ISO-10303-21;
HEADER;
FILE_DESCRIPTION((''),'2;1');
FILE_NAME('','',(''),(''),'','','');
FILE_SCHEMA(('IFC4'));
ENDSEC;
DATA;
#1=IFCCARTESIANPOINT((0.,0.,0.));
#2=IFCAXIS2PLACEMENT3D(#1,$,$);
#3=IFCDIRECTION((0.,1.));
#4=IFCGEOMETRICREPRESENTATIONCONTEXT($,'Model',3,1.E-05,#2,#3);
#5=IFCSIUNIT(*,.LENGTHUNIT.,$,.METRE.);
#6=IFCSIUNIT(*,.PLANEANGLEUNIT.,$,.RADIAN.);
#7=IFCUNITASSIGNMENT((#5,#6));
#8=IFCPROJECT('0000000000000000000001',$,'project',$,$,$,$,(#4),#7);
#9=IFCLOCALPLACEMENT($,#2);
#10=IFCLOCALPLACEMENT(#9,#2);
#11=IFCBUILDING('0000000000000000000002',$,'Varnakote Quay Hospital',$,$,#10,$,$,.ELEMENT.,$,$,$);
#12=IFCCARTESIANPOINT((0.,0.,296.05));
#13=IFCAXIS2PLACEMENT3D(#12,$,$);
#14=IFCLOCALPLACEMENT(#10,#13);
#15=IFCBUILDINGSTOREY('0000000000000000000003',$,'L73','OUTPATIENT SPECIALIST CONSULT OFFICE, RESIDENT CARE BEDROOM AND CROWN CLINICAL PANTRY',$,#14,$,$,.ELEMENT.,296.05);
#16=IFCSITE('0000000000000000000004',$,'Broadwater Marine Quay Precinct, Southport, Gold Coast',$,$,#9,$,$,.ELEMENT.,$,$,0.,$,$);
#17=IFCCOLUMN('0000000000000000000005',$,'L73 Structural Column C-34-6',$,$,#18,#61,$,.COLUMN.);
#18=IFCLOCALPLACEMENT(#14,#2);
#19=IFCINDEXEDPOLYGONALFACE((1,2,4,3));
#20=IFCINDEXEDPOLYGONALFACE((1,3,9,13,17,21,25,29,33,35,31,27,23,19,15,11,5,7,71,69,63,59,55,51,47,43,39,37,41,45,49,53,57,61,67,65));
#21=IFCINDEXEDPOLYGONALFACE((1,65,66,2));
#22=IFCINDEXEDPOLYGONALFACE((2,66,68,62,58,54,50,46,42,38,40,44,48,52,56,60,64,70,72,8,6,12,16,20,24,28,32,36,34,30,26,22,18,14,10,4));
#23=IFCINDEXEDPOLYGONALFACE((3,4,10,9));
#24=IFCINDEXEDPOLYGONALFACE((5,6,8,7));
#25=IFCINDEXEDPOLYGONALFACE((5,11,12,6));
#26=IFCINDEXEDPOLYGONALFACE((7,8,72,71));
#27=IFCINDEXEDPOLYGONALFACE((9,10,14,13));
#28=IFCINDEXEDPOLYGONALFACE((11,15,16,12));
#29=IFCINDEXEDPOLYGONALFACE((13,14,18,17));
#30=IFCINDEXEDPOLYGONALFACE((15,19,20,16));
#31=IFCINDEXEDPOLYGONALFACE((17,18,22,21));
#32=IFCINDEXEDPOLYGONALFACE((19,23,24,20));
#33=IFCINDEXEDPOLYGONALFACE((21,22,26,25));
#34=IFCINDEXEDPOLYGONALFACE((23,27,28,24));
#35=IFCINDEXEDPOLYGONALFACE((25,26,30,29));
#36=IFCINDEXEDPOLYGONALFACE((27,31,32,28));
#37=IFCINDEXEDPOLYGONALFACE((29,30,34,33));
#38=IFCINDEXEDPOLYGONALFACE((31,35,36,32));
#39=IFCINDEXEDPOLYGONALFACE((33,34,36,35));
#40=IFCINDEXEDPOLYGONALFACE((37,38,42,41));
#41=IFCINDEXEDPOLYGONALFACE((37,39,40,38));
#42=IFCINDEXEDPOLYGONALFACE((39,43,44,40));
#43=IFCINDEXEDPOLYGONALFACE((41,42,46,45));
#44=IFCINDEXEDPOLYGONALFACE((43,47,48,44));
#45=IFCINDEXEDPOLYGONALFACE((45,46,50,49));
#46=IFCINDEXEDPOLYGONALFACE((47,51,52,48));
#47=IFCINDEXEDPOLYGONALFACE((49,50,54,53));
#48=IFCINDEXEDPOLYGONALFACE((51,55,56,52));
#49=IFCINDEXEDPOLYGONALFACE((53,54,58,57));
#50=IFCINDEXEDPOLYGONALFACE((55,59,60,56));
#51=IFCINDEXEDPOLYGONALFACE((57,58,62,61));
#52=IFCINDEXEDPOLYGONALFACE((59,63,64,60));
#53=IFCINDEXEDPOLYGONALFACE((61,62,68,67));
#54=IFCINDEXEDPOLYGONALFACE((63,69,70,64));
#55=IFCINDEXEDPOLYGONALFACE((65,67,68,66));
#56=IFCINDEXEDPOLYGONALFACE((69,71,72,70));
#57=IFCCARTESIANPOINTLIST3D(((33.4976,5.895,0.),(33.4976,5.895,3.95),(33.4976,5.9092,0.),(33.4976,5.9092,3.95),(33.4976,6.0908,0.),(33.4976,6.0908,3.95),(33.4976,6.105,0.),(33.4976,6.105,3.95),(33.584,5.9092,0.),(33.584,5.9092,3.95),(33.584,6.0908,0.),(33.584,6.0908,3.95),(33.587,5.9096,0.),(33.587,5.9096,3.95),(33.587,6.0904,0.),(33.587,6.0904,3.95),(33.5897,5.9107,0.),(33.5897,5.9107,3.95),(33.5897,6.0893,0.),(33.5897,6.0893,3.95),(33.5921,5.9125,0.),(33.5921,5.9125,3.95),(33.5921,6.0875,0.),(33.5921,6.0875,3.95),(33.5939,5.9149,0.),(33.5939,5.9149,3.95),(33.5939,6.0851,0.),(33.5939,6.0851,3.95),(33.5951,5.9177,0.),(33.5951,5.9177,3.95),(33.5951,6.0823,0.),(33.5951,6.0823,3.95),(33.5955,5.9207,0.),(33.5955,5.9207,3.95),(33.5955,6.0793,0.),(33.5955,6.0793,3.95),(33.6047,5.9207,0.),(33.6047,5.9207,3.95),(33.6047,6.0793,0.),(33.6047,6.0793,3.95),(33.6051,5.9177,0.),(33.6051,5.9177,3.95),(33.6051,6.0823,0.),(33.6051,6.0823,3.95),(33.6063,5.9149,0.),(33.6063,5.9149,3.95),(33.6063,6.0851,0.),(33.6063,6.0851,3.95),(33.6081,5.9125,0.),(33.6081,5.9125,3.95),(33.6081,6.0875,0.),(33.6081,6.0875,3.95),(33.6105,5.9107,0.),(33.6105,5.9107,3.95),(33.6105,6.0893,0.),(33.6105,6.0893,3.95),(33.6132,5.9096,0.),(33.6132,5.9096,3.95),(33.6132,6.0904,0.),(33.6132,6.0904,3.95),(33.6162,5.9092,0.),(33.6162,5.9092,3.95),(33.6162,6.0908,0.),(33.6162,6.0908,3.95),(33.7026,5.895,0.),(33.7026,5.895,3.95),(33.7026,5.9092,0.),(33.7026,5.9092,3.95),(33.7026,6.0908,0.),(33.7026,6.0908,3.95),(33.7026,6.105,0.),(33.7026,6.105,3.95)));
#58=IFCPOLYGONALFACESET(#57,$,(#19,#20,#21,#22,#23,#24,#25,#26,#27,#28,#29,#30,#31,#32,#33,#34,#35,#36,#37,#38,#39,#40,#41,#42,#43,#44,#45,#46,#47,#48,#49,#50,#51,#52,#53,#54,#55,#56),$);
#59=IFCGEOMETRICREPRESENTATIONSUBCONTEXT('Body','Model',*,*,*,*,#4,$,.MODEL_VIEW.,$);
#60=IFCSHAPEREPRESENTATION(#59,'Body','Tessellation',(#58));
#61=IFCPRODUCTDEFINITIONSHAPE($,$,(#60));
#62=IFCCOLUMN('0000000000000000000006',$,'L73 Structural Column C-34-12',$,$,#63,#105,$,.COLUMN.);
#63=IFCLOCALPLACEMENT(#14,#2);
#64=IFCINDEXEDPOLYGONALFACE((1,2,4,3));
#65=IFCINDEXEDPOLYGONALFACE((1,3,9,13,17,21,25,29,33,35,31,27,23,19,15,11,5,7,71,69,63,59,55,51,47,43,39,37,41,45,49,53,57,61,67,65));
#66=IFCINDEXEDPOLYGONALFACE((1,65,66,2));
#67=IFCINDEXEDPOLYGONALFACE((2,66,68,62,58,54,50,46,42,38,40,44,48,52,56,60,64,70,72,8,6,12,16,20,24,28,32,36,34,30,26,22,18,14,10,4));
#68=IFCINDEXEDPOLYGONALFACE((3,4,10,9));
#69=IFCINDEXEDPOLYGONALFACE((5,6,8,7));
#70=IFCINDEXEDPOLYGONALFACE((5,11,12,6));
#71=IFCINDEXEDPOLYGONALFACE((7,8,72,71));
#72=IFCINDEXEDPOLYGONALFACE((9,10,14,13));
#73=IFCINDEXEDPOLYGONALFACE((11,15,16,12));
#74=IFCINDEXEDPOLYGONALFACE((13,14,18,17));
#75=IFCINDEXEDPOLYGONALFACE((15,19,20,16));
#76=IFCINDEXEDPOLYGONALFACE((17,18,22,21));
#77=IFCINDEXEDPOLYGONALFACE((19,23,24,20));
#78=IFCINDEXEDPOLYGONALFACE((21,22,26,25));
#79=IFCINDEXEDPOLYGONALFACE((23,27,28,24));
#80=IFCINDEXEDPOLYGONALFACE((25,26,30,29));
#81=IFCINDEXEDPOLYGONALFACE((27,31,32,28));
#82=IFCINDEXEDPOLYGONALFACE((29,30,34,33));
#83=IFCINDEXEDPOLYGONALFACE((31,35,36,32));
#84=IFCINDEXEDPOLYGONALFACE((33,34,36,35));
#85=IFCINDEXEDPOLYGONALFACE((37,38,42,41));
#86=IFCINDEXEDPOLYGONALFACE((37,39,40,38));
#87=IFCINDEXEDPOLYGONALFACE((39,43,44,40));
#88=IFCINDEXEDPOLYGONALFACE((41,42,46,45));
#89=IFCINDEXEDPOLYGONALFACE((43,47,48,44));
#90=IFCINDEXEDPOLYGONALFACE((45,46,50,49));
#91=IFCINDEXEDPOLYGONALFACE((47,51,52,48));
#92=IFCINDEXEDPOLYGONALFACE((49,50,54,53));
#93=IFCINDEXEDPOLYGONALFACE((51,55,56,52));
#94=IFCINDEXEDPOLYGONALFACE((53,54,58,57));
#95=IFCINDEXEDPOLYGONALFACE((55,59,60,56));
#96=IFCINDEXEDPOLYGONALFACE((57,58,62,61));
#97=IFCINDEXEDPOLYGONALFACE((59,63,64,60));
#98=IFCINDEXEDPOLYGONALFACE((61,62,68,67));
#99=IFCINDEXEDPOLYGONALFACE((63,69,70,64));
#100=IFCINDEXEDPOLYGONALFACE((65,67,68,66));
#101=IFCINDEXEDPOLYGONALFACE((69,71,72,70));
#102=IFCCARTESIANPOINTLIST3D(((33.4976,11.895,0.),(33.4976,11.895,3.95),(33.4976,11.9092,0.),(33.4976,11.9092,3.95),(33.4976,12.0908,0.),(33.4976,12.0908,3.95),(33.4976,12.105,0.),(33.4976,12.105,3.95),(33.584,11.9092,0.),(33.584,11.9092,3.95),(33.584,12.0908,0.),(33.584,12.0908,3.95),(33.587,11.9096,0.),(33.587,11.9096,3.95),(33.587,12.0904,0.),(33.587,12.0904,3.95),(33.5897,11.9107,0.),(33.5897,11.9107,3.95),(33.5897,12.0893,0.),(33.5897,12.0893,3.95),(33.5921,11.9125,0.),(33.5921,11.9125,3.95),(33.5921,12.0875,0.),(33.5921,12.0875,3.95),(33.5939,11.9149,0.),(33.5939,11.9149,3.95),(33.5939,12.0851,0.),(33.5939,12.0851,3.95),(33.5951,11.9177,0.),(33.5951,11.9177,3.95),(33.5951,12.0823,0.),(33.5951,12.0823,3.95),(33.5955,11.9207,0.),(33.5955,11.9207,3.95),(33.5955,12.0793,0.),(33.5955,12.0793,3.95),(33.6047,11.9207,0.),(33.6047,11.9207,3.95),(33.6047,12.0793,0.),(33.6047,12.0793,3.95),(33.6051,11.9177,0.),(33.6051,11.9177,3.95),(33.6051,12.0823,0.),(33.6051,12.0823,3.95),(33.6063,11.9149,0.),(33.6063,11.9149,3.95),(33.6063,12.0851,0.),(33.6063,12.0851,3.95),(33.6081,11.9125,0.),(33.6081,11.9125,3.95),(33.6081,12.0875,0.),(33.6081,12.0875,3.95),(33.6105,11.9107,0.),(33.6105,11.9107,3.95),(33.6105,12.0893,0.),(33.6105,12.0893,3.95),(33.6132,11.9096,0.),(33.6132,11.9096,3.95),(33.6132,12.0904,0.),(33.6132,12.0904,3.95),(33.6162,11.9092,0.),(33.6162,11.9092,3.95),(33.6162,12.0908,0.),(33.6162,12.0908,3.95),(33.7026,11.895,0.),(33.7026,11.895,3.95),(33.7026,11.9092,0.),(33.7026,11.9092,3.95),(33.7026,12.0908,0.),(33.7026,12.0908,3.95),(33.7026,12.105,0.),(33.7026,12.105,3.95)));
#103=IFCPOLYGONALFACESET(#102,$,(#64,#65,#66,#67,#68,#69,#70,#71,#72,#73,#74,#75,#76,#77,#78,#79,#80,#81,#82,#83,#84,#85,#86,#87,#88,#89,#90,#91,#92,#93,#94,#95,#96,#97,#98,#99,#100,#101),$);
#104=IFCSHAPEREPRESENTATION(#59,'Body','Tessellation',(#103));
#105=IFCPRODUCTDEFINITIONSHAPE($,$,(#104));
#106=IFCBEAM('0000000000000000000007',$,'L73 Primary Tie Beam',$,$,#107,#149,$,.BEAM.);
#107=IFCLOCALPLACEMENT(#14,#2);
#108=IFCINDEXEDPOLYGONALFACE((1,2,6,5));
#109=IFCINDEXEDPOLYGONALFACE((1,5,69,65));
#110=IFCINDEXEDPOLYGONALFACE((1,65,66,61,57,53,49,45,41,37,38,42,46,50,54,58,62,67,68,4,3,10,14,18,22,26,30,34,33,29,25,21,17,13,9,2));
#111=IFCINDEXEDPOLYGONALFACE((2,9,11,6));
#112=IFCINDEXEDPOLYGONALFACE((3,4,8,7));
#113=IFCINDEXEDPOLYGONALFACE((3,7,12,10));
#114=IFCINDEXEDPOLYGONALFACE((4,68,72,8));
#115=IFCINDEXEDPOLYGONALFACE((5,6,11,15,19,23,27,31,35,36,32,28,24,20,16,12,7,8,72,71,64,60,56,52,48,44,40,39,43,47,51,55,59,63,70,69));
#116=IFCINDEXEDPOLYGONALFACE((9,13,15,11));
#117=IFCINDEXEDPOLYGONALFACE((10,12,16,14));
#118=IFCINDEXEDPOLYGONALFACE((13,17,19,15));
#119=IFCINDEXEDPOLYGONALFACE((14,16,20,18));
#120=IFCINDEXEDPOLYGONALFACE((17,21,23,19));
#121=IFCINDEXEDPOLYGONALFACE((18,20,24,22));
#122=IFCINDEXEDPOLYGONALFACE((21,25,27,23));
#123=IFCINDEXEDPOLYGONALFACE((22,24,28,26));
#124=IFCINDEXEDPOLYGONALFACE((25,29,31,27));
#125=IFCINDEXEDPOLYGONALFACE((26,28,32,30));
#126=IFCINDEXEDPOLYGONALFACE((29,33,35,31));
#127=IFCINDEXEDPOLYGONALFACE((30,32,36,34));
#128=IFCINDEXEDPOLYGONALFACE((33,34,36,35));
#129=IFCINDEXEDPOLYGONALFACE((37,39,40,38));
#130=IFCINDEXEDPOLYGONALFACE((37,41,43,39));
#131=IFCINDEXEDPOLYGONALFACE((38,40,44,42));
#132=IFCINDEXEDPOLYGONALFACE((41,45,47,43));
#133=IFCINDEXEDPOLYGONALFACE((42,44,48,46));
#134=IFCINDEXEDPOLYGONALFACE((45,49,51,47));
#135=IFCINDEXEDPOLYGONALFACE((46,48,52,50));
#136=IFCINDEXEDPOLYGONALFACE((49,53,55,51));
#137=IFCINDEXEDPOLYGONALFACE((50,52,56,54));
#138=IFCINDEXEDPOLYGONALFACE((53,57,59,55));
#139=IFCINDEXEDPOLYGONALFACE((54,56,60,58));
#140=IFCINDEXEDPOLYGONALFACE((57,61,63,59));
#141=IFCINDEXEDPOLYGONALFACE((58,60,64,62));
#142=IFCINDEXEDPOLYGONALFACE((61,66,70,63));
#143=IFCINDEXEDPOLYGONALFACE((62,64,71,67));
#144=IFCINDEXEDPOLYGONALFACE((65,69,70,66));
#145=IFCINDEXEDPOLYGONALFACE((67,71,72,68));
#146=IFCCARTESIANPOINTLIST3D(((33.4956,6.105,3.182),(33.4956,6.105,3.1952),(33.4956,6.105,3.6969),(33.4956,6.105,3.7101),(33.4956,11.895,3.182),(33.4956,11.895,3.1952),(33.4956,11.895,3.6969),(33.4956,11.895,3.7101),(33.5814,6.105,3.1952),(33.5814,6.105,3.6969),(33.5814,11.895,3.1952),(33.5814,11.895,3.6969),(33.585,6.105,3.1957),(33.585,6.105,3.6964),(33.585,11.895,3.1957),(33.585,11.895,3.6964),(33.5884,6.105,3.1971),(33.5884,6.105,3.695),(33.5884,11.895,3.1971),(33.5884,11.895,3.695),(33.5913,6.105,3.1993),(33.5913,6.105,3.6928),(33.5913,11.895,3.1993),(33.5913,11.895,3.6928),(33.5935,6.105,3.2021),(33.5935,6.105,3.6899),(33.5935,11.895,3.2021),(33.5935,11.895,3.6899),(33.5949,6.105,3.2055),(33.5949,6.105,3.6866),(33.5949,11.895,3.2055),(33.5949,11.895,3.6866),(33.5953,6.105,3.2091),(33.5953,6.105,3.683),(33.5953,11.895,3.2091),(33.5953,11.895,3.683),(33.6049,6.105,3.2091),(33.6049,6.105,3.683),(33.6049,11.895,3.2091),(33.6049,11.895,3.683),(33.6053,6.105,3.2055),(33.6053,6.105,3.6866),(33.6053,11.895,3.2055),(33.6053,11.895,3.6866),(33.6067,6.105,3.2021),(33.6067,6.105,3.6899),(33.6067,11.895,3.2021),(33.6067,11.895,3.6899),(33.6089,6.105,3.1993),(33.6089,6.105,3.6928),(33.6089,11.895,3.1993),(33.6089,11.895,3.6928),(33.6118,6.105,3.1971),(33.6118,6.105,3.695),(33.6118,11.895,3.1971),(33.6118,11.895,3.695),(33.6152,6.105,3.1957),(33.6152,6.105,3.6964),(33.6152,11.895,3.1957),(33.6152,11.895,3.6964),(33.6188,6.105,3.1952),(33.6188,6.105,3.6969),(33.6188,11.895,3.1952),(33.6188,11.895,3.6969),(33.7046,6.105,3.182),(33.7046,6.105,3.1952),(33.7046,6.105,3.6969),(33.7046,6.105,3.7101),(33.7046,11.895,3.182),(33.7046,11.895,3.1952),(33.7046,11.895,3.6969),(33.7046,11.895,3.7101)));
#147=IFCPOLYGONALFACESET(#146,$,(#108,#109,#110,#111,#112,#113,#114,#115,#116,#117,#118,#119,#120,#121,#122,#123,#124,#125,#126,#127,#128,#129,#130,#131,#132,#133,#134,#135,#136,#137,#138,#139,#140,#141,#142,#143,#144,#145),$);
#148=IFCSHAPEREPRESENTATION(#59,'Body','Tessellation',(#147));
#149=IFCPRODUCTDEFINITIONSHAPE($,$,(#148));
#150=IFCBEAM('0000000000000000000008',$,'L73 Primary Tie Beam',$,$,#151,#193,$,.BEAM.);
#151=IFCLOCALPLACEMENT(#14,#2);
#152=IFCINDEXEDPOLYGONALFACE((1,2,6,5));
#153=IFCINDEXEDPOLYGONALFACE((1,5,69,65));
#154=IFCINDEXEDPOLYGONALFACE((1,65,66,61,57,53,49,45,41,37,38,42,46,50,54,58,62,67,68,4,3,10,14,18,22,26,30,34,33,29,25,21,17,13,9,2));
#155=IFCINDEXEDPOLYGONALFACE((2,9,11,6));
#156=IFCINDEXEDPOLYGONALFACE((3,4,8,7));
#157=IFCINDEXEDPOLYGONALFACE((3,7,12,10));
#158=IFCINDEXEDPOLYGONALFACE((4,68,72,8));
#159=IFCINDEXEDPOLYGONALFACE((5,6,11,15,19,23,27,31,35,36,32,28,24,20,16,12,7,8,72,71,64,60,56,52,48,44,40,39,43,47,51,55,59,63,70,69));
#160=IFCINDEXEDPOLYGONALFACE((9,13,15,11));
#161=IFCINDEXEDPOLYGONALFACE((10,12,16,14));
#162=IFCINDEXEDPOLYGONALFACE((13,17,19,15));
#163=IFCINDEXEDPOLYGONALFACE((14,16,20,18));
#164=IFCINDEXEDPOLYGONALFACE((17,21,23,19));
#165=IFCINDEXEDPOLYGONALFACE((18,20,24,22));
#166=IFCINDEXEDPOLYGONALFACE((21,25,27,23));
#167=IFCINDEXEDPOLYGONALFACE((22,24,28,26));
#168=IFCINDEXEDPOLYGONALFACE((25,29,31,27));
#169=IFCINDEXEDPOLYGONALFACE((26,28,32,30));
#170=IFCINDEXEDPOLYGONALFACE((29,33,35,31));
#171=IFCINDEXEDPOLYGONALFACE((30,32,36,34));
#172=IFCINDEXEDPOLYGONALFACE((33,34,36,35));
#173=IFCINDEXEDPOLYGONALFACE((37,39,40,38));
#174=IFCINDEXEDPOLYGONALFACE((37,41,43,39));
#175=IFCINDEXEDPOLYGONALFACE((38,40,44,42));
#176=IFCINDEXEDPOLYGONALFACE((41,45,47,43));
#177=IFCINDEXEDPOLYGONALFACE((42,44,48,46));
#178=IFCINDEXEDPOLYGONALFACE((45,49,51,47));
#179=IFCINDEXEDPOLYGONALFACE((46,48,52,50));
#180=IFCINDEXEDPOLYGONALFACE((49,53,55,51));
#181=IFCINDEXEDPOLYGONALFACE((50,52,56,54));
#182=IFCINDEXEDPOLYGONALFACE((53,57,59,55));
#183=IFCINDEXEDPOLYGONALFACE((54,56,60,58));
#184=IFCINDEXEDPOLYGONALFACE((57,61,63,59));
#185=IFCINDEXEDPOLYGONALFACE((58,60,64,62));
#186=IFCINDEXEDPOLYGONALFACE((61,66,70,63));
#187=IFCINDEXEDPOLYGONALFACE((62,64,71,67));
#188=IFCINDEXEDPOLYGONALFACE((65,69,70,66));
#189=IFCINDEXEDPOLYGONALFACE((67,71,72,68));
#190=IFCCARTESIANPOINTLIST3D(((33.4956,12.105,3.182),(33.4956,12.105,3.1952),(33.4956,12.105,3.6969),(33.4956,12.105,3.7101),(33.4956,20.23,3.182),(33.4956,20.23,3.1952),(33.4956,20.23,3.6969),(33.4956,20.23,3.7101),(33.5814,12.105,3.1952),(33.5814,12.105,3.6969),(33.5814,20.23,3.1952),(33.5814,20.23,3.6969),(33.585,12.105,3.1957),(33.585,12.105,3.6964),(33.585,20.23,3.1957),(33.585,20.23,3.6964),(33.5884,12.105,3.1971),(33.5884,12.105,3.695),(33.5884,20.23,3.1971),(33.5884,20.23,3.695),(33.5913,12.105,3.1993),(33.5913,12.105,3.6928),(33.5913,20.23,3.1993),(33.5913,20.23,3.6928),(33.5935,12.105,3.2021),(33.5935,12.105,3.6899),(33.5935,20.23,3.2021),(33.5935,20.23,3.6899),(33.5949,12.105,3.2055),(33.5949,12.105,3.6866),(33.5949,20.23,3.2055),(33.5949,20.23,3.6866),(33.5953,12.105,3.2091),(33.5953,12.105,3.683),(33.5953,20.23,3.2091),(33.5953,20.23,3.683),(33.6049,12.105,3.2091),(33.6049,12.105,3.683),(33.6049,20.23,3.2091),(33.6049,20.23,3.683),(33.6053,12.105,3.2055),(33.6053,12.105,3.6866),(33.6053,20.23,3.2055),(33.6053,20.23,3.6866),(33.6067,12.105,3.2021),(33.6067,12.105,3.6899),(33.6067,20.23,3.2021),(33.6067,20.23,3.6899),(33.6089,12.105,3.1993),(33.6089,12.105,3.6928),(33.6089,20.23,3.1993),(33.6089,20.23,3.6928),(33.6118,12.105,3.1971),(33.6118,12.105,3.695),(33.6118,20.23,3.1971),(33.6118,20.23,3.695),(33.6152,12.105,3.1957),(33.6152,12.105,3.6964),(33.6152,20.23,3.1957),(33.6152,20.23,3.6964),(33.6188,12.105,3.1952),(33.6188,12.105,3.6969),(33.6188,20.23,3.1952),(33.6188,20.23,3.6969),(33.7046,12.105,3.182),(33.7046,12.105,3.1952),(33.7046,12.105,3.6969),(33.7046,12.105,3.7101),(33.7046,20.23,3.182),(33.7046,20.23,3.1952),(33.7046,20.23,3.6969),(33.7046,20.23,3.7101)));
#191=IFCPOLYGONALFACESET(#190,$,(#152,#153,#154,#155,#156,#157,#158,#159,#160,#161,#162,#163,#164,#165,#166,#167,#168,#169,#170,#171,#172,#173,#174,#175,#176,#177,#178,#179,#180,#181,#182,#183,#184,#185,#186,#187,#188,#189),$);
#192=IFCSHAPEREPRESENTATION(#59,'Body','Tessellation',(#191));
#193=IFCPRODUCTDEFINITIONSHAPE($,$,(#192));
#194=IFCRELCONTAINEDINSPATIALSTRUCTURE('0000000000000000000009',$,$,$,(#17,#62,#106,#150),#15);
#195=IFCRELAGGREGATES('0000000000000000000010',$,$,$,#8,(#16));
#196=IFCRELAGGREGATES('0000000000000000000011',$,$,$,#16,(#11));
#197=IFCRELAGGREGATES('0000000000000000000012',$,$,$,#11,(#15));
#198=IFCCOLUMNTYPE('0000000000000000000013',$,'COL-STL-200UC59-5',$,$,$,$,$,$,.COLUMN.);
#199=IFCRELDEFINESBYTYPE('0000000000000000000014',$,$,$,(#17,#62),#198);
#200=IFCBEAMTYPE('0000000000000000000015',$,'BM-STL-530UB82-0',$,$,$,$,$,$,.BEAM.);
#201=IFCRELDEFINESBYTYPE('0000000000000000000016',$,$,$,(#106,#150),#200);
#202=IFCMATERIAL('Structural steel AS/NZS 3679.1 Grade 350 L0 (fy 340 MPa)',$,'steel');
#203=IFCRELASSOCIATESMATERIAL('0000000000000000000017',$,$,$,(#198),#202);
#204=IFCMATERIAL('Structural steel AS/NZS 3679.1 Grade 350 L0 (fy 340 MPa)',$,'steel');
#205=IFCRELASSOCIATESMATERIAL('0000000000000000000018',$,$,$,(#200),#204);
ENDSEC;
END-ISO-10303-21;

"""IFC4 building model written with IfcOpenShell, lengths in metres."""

from ifc_helpers import new_model, si_unit, direction, frame, origin, origin_2d, place, context, subcontext, project, spatial, i_section, extrude, material, material_profile, profile_set, type_object, element, save


model = new_model("IFC4")

# Units and contexts
model_context = context("Model", 3, precision=1e-05, world=origin(), true_north=direction((0.0, 1.0)))
body_context = subcontext(model_context, "Body", "Model", "MODEL_VIEW")
ifc_project = project(units=[si_unit("LENGTHUNIT", "METRE"), si_unit("PLANEANGLEUNIT", "RADIAN")], contexts=[model_context])

# Site, building, storey
site_placement = place(None, origin())
site = spatial("IfcSite", under=ifc_project, at=site_placement, Name="Broadwater Marine Quay Precinct, Southport, Gold Coast", CompositionType="ELEMENT", RefElevation=0.0)
building_placement = place(site_placement, origin())
building = spatial("IfcBuilding", under=site, at=building_placement, Name="Varnakote Quay Hospital", CompositionType="ELEMENT")
storey_placement = place(building_placement, frame((0.0, 0.0, 296.05)))
storey = spatial("IfcBuildingStorey", under=building, at=storey_placement, Name="L73", Description="OUTPATIENT SPECIALIST CONSULT OFFICE, RESIDENT CARE BEDROOM AND CROWN CLINICAL PANTRY", CompositionType="ELEMENT", Elevation=296.05)

# Columns
ifc_material_1 = material(Name="Structural steel AS/NZS 3679.1 Grade 350 L0 (fy 340 MPa)", Category="steel")
ifc_material_profile_1 = material_profile(ifc_material_1, i_section(OverallWidth=0.2051, OverallDepth=0.21, WebThickness=0.0093, FlangeThickness=0.0142, FilletRadius=0.0115, at=origin_2d()), Name="200UC59.5")
ifc_profile_set_1 = profile_set([ifc_material_profile_1], Name="Structural steel AS/NZS 3679.1 Grade 350 L0 (fy 340 MPa)")
column_type = type_object("IfcColumnType", Name="COL-STL-200UC59-5", PredefinedType="COLUMN", material=ifc_profile_set_1)
for number, where, z_axis, x_axis, name in (
    (1, (33.6001, 6.0, 0.0), (0.0, 0.0, 1.0), (1.0, 0.0, 0.0), "L73 Structural Column C-34-6"),
    (2, (33.6001, 12.0, 0.0), (0.0, 0.0, 1.0), (1.0, 0.0, 0.0), "L73 Structural Column C-34-12"),
):
    element("IfcColumn", number, at=place(storey_placement, frame(where, z_axis=z_axis, x_axis=x_axis)), inside=storey, type_object=column_type, Name=name, PredefinedType="COLUMN", context=body_context, shape_type="SweptSolid", body=[
        extrude(i_section(OverallWidth=0.2051, OverallDepth=0.21, WebThickness=0.0093, FlangeThickness=0.0142, FilletRadius=0.0115, at=origin_2d()), origin(), (0.0, 0.0, 1.0), 3.95),
    ])

# Beams
ifc_material_2 = material(Name="Structural steel AS/NZS 3679.1 Grade 350 L0 (fy 340 MPa)", Category="steel")
ifc_material_profile_2 = material_profile(ifc_material_2, i_section(OverallWidth=0.209, OverallDepth=0.5281, WebThickness=0.0095, FlangeThickness=0.0132, FilletRadius=0.0139, at=origin_2d()), Name="530UB82.0")
ifc_profile_set_2 = profile_set([ifc_material_profile_2], Name="Structural steel AS/NZS 3679.1 Grade 350 L0 (fy 340 MPa)")
beam_type = type_object("IfcBeamType", Name="BM-STL-530UB82-0", PredefinedType="BEAM", material=ifc_profile_set_2)
beam_1_placement = place(storey_placement, frame((33.6001, 6.105, 3.446), z_axis=(0.0, 1.0, 0.0), x_axis=(-1.0, 0.0, 0.0)))
element("IfcBeam", 3, at=beam_1_placement, inside=storey, type_object=beam_type, Name="L73 Primary Tie Beam", PredefinedType="BEAM", context=body_context, shape_type="SweptSolid", body=[
    extrude(i_section(OverallWidth=0.209, OverallDepth=0.5281, WebThickness=0.0095, FlangeThickness=0.0132, FilletRadius=0.0139, at=origin_2d()), origin(), (0.0, 0.0, 1.0), 5.79),
])
beam_2_placement = place(storey_placement, frame((33.6001, 12.105, 3.446), z_axis=(0.0, 1.0, 0.0), x_axis=(-1.0, 0.0, 0.0)))
element("IfcBeam", 4, at=beam_2_placement, inside=storey, type_object=beam_type, Name="L73 Primary Tie Beam", PredefinedType="BEAM", context=body_context, shape_type="SweptSolid", body=[
    extrude(i_section(OverallWidth=0.209, OverallDepth=0.5281, WebThickness=0.0095, FlangeThickness=0.0132, FilletRadius=0.0139, at=origin_2d()), origin(), (0.0, 0.0, 1.0), 8.125),
])

save(model, "model.ifc")
